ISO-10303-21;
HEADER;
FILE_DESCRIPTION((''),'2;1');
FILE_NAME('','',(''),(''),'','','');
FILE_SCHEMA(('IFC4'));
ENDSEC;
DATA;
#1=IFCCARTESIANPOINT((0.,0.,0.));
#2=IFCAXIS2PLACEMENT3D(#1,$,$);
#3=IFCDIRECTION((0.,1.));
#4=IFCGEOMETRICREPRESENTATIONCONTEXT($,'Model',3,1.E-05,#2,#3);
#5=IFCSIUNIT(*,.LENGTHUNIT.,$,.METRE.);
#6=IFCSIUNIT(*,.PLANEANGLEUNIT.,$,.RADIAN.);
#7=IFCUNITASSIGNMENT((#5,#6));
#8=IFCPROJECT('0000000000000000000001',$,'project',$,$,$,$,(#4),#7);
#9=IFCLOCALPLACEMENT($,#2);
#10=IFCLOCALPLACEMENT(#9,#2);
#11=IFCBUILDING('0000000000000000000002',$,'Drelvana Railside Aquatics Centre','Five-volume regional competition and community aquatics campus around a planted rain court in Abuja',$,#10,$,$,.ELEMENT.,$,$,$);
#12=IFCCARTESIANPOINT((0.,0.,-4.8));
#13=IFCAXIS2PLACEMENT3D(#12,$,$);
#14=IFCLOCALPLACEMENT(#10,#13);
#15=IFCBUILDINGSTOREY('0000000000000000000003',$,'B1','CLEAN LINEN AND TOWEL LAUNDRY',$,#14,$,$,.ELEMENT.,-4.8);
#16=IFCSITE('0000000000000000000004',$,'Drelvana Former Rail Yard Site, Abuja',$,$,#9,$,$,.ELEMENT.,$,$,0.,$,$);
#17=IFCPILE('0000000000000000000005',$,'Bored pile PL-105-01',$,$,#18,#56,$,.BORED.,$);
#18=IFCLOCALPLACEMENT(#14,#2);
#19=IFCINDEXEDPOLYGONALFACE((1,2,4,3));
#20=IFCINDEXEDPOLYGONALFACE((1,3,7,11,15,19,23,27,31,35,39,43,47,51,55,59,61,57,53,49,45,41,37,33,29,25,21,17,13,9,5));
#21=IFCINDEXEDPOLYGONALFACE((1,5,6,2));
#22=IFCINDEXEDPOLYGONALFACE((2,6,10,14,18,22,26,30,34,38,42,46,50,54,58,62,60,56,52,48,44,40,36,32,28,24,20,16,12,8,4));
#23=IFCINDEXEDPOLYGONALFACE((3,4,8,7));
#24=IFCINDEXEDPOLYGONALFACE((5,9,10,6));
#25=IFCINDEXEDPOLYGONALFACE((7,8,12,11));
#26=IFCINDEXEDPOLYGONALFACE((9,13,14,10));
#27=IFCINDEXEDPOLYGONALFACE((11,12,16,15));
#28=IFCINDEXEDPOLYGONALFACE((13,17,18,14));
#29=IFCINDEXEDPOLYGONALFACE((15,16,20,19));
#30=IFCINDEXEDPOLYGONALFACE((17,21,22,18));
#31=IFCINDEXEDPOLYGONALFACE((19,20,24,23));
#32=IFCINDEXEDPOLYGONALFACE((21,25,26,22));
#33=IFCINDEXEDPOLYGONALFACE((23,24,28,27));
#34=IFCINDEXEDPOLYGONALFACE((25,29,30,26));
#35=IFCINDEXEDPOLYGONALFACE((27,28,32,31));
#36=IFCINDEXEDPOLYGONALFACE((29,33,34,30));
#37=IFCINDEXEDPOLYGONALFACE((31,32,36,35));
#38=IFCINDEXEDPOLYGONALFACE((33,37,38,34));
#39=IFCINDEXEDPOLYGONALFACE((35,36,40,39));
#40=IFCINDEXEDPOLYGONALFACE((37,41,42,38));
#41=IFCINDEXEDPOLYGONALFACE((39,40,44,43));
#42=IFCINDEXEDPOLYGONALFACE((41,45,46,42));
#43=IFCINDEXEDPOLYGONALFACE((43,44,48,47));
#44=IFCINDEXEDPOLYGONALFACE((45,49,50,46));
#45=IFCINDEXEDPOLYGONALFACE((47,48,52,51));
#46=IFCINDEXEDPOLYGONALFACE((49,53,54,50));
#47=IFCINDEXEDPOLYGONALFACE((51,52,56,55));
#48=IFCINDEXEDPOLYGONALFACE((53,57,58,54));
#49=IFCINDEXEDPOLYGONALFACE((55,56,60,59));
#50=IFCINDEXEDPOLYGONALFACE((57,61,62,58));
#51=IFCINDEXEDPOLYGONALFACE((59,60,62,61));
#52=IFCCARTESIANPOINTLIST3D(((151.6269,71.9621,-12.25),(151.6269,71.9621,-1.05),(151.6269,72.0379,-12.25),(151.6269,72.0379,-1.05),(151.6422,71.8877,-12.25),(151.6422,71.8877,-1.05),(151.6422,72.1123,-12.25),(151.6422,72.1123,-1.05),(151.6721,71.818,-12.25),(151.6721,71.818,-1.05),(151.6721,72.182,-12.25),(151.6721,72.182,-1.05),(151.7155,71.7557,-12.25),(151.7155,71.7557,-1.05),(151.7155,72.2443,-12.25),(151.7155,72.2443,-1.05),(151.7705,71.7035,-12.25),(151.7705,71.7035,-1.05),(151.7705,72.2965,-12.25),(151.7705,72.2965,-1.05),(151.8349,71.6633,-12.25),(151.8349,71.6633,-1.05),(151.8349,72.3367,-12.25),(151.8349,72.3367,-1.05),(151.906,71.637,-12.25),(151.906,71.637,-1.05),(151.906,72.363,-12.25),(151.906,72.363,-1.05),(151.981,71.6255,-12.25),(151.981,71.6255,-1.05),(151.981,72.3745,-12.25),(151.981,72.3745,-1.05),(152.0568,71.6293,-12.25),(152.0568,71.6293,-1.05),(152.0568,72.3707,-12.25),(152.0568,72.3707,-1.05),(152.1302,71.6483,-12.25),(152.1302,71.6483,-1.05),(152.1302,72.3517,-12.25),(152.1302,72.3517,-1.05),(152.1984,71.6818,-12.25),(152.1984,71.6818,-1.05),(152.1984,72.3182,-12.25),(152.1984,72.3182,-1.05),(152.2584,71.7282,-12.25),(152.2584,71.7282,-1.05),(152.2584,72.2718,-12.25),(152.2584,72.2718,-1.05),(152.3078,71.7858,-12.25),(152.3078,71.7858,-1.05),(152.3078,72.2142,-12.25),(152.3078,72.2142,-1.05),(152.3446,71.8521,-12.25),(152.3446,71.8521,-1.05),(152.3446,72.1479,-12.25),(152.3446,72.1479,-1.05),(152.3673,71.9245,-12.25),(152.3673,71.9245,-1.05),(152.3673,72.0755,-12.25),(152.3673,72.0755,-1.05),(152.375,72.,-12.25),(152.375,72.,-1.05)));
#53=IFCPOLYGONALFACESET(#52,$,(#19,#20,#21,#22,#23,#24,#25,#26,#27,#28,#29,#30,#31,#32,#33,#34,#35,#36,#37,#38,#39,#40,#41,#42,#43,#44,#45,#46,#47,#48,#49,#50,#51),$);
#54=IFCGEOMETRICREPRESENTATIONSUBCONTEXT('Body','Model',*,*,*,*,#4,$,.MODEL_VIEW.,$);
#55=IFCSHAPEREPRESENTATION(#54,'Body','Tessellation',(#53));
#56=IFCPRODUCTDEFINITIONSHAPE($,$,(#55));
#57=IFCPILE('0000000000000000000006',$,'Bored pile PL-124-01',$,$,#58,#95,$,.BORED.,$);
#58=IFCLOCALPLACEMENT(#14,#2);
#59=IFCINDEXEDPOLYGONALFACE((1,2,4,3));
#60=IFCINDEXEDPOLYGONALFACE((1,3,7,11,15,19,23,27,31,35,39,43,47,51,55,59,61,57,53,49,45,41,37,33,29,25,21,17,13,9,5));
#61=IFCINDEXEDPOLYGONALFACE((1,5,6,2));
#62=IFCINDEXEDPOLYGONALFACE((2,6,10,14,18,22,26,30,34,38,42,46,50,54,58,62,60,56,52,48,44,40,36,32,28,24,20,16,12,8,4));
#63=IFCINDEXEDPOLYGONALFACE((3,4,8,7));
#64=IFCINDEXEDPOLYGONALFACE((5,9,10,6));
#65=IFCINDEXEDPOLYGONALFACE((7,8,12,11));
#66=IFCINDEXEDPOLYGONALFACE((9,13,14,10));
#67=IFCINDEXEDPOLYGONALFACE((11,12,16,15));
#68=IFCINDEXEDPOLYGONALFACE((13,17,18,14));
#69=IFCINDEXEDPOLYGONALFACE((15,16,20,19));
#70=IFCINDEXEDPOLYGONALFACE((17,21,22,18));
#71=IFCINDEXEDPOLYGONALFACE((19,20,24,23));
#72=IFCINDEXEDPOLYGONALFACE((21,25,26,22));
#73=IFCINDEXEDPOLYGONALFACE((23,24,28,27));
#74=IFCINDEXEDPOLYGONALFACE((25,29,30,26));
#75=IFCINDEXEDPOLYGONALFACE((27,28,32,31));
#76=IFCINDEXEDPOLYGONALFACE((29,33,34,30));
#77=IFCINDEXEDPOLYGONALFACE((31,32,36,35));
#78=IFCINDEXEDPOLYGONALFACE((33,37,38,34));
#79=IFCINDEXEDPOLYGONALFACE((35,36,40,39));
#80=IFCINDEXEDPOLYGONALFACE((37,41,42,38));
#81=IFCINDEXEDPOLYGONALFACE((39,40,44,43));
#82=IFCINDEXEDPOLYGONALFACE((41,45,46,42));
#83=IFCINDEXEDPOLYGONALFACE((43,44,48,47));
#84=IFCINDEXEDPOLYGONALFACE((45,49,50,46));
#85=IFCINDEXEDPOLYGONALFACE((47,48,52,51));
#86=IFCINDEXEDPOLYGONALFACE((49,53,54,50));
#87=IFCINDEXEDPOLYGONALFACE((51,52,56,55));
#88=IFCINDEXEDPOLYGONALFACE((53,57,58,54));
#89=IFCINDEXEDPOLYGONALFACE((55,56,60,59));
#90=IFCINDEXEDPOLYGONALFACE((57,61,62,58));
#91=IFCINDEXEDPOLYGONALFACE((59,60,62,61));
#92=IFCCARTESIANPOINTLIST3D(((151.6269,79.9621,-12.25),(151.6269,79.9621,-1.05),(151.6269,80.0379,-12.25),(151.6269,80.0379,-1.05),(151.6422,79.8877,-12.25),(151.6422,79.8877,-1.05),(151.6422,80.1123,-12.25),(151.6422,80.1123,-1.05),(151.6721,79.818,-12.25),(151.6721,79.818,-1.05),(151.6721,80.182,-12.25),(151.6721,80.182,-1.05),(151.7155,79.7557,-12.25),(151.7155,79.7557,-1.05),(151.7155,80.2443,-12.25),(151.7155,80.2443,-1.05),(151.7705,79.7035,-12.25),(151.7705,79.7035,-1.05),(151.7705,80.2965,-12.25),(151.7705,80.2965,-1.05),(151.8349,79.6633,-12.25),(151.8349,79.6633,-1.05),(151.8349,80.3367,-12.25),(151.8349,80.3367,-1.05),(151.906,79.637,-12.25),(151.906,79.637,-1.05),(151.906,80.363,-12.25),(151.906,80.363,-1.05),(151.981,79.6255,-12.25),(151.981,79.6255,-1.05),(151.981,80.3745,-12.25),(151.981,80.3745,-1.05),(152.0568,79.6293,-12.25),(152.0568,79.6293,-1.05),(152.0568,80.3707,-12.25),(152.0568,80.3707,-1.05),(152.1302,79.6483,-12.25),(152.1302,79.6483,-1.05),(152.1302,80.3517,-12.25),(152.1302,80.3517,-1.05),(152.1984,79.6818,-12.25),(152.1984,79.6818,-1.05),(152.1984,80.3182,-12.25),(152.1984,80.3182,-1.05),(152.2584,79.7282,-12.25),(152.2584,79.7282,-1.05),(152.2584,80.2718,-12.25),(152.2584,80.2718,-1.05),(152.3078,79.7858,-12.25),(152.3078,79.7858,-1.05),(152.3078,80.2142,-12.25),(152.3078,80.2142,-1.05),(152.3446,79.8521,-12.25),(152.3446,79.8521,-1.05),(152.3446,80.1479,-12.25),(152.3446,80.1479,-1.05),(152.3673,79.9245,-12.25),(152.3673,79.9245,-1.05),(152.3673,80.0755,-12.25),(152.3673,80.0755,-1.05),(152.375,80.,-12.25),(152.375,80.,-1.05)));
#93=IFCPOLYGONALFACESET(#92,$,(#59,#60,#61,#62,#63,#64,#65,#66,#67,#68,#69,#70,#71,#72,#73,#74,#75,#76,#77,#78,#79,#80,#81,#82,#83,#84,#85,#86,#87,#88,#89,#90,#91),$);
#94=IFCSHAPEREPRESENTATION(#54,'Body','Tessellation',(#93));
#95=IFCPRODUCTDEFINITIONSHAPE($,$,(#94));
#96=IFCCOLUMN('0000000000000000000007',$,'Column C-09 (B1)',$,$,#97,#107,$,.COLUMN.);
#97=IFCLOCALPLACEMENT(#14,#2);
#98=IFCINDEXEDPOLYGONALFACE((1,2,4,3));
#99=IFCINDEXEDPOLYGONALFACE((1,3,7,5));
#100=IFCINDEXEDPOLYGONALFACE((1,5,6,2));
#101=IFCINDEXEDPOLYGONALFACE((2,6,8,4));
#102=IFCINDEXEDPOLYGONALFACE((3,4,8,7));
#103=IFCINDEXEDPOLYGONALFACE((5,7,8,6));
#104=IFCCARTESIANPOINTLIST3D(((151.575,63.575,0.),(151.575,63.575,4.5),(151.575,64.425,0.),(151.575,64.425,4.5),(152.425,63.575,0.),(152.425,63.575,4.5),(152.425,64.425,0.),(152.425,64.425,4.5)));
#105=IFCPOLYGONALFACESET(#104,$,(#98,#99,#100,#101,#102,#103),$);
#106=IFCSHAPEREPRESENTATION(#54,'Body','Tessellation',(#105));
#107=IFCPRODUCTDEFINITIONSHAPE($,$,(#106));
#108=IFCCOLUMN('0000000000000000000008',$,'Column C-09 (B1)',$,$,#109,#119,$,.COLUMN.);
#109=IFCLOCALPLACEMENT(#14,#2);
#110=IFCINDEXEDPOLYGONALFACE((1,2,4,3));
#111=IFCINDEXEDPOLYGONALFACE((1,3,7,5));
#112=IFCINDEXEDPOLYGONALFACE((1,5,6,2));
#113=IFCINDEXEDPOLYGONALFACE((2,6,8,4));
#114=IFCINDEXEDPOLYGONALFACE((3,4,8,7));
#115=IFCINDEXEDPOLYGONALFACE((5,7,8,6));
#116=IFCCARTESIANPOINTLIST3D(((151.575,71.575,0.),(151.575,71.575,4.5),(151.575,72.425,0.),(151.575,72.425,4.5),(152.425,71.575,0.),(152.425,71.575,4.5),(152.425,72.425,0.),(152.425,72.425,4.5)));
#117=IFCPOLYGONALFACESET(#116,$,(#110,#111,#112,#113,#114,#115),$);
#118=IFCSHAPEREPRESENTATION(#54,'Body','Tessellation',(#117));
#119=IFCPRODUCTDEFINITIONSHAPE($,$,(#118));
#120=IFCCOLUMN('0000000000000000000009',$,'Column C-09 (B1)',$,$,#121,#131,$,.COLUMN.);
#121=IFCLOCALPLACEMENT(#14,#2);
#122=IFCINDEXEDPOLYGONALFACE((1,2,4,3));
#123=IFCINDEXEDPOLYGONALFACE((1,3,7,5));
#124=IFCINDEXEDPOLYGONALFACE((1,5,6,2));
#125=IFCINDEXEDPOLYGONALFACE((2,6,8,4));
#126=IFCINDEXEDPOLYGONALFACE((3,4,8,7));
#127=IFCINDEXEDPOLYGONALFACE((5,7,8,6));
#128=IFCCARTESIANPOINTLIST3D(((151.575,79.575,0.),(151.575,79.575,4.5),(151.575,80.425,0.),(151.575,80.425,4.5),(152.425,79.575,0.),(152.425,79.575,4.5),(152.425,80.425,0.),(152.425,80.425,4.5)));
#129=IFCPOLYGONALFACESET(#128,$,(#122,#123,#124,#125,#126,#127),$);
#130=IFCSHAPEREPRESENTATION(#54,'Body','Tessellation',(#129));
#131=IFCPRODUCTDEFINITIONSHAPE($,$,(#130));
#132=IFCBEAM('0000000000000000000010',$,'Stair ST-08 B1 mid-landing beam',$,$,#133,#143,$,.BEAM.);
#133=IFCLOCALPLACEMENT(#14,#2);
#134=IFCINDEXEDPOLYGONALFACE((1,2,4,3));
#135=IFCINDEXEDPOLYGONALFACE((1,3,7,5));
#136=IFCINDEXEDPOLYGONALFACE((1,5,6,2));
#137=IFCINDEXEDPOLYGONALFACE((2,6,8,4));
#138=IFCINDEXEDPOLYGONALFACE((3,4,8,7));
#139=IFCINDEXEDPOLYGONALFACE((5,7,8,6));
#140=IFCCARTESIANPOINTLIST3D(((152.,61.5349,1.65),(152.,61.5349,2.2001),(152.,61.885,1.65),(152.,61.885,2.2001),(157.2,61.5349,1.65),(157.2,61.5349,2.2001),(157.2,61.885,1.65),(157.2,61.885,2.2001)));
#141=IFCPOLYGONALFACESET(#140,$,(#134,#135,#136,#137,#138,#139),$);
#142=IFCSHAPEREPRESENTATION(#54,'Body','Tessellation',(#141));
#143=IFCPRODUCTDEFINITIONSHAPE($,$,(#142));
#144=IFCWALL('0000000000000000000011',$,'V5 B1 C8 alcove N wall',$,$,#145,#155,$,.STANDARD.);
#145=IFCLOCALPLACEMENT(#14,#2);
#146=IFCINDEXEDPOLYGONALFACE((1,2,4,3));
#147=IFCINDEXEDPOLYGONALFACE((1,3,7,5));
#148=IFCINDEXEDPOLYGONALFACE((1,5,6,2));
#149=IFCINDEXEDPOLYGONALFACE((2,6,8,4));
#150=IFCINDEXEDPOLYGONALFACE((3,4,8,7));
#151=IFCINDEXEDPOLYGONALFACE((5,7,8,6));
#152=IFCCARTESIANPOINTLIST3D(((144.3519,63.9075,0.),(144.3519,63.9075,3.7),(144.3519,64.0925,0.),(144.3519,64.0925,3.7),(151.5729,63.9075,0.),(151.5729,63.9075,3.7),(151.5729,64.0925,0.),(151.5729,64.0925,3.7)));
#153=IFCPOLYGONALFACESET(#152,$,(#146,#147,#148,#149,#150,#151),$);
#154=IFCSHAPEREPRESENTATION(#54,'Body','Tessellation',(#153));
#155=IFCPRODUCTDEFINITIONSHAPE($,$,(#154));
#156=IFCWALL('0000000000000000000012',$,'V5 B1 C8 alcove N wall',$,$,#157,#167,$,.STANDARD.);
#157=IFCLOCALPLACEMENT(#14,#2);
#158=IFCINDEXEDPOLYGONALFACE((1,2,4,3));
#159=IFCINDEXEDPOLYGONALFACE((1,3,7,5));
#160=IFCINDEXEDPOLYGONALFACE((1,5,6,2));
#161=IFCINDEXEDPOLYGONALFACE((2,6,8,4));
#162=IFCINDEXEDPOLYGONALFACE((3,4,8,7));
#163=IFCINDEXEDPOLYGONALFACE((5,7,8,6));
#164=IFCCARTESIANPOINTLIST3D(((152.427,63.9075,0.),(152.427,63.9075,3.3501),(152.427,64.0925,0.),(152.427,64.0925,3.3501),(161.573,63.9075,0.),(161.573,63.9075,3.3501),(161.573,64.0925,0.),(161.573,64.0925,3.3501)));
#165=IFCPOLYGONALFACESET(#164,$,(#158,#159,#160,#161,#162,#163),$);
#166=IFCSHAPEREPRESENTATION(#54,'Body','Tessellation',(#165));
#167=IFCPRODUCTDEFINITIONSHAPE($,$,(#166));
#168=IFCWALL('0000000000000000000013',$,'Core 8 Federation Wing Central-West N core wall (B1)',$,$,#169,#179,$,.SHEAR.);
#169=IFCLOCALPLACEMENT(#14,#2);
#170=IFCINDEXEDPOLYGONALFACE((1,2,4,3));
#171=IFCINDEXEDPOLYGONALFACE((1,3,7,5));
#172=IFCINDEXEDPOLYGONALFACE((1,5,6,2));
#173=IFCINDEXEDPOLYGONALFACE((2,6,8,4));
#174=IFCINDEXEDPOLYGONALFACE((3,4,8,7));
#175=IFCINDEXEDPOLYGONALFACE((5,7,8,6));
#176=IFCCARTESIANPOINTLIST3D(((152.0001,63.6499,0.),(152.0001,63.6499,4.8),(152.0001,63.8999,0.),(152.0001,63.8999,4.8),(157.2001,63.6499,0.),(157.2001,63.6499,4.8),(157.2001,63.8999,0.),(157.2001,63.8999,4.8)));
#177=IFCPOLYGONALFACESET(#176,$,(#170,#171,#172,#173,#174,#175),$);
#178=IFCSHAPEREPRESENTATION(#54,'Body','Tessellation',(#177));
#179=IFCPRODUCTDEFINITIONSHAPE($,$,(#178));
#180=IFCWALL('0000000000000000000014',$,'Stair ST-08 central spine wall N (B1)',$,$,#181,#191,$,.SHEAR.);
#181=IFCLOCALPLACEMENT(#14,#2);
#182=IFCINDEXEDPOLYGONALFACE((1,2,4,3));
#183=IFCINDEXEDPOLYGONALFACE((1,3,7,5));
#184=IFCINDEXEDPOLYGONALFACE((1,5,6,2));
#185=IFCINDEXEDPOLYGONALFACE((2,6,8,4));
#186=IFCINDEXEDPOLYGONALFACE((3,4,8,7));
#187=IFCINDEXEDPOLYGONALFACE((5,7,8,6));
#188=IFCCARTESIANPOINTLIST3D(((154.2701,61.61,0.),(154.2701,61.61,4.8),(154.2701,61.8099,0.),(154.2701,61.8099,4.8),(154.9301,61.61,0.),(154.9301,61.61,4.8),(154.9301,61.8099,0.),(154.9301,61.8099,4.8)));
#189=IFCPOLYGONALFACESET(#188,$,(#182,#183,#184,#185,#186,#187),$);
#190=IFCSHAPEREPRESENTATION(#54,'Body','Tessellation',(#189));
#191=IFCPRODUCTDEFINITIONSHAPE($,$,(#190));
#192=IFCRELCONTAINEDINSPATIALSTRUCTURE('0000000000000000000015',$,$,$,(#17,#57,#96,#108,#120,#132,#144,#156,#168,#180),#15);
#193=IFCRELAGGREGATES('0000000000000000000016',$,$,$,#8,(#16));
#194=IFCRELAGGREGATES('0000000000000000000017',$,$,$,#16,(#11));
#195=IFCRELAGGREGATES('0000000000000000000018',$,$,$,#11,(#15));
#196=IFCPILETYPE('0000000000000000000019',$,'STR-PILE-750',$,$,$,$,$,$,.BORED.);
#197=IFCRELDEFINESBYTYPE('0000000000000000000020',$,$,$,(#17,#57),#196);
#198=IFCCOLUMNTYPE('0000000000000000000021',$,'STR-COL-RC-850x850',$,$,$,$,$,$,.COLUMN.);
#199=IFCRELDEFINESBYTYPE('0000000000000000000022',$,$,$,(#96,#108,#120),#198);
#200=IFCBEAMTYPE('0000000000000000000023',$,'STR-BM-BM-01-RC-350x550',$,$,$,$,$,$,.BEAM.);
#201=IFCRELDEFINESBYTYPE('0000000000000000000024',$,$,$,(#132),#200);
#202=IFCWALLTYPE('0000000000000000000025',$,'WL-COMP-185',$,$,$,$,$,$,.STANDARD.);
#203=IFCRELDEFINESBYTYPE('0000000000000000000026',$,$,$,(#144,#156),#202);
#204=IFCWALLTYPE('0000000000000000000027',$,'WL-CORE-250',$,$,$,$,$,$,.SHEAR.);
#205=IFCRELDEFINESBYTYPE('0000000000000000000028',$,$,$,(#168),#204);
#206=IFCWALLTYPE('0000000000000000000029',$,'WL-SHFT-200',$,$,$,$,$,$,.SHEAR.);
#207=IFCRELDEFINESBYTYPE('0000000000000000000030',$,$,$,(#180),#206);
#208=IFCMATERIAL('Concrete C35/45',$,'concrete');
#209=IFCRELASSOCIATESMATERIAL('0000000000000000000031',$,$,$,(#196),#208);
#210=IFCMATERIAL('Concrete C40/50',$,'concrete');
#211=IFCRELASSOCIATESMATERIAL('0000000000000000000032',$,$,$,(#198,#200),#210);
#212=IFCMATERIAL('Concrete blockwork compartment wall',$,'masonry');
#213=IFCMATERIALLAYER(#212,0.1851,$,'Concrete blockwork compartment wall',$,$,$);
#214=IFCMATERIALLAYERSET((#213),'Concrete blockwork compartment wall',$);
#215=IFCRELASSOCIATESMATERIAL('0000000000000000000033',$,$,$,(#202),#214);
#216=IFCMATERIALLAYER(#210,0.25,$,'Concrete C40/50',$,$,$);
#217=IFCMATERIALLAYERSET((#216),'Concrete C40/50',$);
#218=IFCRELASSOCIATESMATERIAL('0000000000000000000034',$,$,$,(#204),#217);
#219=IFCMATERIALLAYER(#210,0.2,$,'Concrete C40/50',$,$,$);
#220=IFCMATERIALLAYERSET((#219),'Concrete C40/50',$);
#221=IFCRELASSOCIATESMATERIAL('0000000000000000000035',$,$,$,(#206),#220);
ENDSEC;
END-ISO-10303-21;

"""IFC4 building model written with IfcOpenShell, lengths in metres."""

from ifc_helpers import new_model, si_unit, direction, frame, frame_2d, origin, origin_2d, place, context, subcontext, project, spatial, rectangle, circle, extrude, material, layer, layer_set, material_profile, profile_set, type_object, element, save


model = new_model("IFC4")

# Units and contexts
model_context = context("Model", 3, precision=1e-05, world=origin(), true_north=direction((0.0, 1.0)))
body_context = subcontext(model_context, "Body", "Model", "MODEL_VIEW")
ifc_project = project(units=[si_unit("LENGTHUNIT", "METRE"), si_unit("PLANEANGLEUNIT", "RADIAN")], contexts=[model_context])

# Site, building, storey
site_placement = place(None, origin())
site = spatial("IfcSite", under=ifc_project, at=site_placement, Name="Drelvana Former Rail Yard Site, Abuja", CompositionType="ELEMENT", RefElevation=0.0)
building_placement = place(site_placement, origin())
building = spatial("IfcBuilding", under=site, at=building_placement, Name="Drelvana Railside Aquatics Centre", Description="Five-volume regional competition and community aquatics campus around a planted rain court in Abuja", CompositionType="ELEMENT")
storey_placement = place(building_placement, frame((0.0, 0.0, -4.8)))
storey = spatial("IfcBuildingStorey", under=building, at=storey_placement, Name="B1", Description="CLEAN LINEN AND TOWEL LAUNDRY", CompositionType="ELEMENT", Elevation=-4.8)

# Shared definitions
ifc_material_1 = material(Name="Concrete C35/45", Category="concrete")

# Piles
ifc_material_profile_1 = material_profile(ifc_material_1, circle(Radius=0.375, at=origin_2d()), Name="PILE D750")
ifc_profile_set_1 = profile_set([ifc_material_profile_1], Name="Concrete C35/45")
pile_type_1 = type_object("IfcPileType", Name="STR-PILE-750", PredefinedType="BORED", material=ifc_profile_set_1)
for number, where, z_axis, x_axis, name in (
    (1, (152.0, 72.0, -1.05), (0.0, 0.0, -1.0), (1.0, 0.0, 0.0), "Bored pile PL-105-01"),
    (2, (152.0, 80.0, -1.05), (0.0, 0.0, -1.0), (1.0, 0.0, 0.0), "Bored pile PL-124-01"),
):
    element("IfcPile", number, at=place(storey_placement, frame(where, z_axis=z_axis, x_axis=x_axis)), inside=storey, type_object=pile_type_1, Name=name, PredefinedType="BORED", context=body_context, shape_type="SweptSolid", body=[
        extrude(circle(Radius=0.375, at=origin_2d()), origin(), (0.0, 0.0, 1.0), 11.2),
    ])

# Columns
ifc_material_2 = material(Name="Concrete C40/50", Category="concrete")
ifc_material_profile_2 = material_profile(ifc_material_2, rectangle(XDim=0.8501, YDim=0.8501, at=origin_2d()), Name="RC 850x850")
ifc_profile_set_2 = profile_set([ifc_material_profile_2], Name="Concrete C40/50")
column_type = type_object("IfcColumnType", Name="STR-COL-RC-850x850", PredefinedType="COLUMN", material=ifc_profile_set_2)
for number, where, z_axis, x_axis, name in (
    (3, (152.0, 64.0, 0.0), (0.0, 0.0, 1.0), (1.0, 0.0, 0.0), "Column C-09 (B1)"),
    (4, (152.0, 72.0, 0.0), (0.0, 0.0, 1.0), (1.0, 0.0, 0.0), "Column C-09 (B1)"),
    (5, (152.0, 80.0, 0.0), (0.0, 0.0, 1.0), (1.0, 0.0, 0.0), "Column C-09 (B1)"),
):
    element("IfcColumn", number, at=place(storey_placement, frame(where, z_axis=z_axis, x_axis=x_axis)), inside=storey, type_object=column_type, Name=name, PredefinedType="COLUMN", context=body_context, shape_type="SweptSolid", body=[
        extrude(rectangle(XDim=0.8501, YDim=0.8501, at=origin_2d()), origin(), (0.0, 0.0, 1.0), 4.5),
    ])

# Beam
ifc_material_profile_3 = material_profile(ifc_material_2, rectangle(XDim=0.3501, YDim=0.55, at=origin_2d()), Name="RC 350x550")
ifc_profile_set_3 = profile_set([ifc_material_profile_3], Name="Concrete C40/50")
beam_type = type_object("IfcBeamType", Name="STR-BM-BM-01-RC-350x550", PredefinedType="BEAM", material=ifc_profile_set_3)
beam_placement = place(storey_placement, frame((152.0, 61.71, 1.925), z_axis=(1.0, 0.0, 0.0), x_axis=(0.0, 1.0, 0.0)))
element("IfcBeam", 6, at=beam_placement, inside=storey, type_object=beam_type, Name="Stair ST-08 B1 mid-landing beam", PredefinedType="BEAM", context=body_context, shape_type="SweptSolid", body=[
    extrude(rectangle(XDim=0.3501, YDim=0.55, at=origin_2d()), origin(), (0.0, 0.0, 1.0), 5.2),
])

# Walls
ifc_material_3 = material(Name="Concrete blockwork compartment wall", Category="masonry")
ifc_layer_1 = layer(ifc_material_3, 0.1851, Name="Concrete blockwork compartment wall")
ifc_layer_set_1 = layer_set([ifc_layer_1], Name="Concrete blockwork compartment wall")
wall_type_1 = type_object("IfcWallType", Name="WL-COMP-185", PredefinedType="STANDARD", material=ifc_layer_set_1)
wall_1_placement = place(storey_placement, frame((144.3521, 64.0, 0.0), z_axis=(0.0, 0.0, 1.0), x_axis=(1.0, 0.0, 0.0)))
element("IfcWall", 7, at=wall_1_placement, inside=storey, type_object=wall_type_1, Name="V5 B1 C8 alcove N wall", PredefinedType="STANDARD", context=body_context, shape_type="SweptSolid", body=[
    extrude(rectangle(XDim=7.2209, YDim=0.1851, at=frame_2d((3.6104, 0.0))), origin(), (0.0, 0.0, 1.0), 3.7),
])
wall_2_placement = place(storey_placement, frame((152.427, 64.0, 0.0), z_axis=(0.0, 0.0, 1.0), x_axis=(1.0, 0.0, 0.0)))
element("IfcWall", 8, at=wall_2_placement, inside=storey, type_object=wall_type_1, Name="V5 B1 C8 alcove N wall", PredefinedType="STANDARD", context=body_context, shape_type="SweptSolid", body=[
    extrude(rectangle(XDim=9.146, YDim=0.1851, at=frame_2d((4.573, 0.0))), origin(), (0.0, 0.0, 1.0), 3.3501),
])
ifc_layer_2 = layer(ifc_material_2, 0.25, Name="Concrete C40/50")
ifc_layer_set_2 = layer_set([ifc_layer_2], Name="Concrete C40/50")
wall_type_2 = type_object("IfcWallType", Name="WL-CORE-250", PredefinedType="SHEAR", material=ifc_layer_set_2)
wall_3_placement = place(storey_placement, frame((152.0, 63.7749, 0.0), z_axis=(0.0, 0.0, 1.0), x_axis=(1.0, 0.0, 0.0)))
element("IfcWall", 9, at=wall_3_placement, inside=storey, type_object=wall_type_2, Name="Core 8 Federation Wing Central-West N core wall (B1)", PredefinedType="SHEAR", context=body_context, shape_type="SweptSolid", body=[
    extrude(rectangle(XDim=5.2, YDim=0.25, at=frame_2d((2.6001, 0.0))), origin(), (0.0, 0.0, 1.0), 4.8),
])
ifc_layer_3 = layer(ifc_material_2, 0.2, Name="Concrete C40/50")
ifc_layer_set_3 = layer_set([ifc_layer_3], Name="Concrete C40/50")
wall_type_3 = type_object("IfcWallType", Name="WL-SHFT-200", PredefinedType="SHEAR", material=ifc_layer_set_3)
wall_4_placement = place(storey_placement, frame((154.27, 61.71, 0.0), z_axis=(0.0, 0.0, 1.0), x_axis=(1.0, 0.0, 0.0)))
element("IfcWall", 10, at=wall_4_placement, inside=storey, type_object=wall_type_3, Name="Stair ST-08 central spine wall N (B1)", PredefinedType="SHEAR", context=body_context, shape_type="SweptSolid", body=[
    extrude(rectangle(XDim=0.6599, YDim=0.2, at=frame_2d((0.3301, 0.0))), origin(), (0.0, 0.0, 1.0), 4.8),
])

save(model, "model.ifc")
